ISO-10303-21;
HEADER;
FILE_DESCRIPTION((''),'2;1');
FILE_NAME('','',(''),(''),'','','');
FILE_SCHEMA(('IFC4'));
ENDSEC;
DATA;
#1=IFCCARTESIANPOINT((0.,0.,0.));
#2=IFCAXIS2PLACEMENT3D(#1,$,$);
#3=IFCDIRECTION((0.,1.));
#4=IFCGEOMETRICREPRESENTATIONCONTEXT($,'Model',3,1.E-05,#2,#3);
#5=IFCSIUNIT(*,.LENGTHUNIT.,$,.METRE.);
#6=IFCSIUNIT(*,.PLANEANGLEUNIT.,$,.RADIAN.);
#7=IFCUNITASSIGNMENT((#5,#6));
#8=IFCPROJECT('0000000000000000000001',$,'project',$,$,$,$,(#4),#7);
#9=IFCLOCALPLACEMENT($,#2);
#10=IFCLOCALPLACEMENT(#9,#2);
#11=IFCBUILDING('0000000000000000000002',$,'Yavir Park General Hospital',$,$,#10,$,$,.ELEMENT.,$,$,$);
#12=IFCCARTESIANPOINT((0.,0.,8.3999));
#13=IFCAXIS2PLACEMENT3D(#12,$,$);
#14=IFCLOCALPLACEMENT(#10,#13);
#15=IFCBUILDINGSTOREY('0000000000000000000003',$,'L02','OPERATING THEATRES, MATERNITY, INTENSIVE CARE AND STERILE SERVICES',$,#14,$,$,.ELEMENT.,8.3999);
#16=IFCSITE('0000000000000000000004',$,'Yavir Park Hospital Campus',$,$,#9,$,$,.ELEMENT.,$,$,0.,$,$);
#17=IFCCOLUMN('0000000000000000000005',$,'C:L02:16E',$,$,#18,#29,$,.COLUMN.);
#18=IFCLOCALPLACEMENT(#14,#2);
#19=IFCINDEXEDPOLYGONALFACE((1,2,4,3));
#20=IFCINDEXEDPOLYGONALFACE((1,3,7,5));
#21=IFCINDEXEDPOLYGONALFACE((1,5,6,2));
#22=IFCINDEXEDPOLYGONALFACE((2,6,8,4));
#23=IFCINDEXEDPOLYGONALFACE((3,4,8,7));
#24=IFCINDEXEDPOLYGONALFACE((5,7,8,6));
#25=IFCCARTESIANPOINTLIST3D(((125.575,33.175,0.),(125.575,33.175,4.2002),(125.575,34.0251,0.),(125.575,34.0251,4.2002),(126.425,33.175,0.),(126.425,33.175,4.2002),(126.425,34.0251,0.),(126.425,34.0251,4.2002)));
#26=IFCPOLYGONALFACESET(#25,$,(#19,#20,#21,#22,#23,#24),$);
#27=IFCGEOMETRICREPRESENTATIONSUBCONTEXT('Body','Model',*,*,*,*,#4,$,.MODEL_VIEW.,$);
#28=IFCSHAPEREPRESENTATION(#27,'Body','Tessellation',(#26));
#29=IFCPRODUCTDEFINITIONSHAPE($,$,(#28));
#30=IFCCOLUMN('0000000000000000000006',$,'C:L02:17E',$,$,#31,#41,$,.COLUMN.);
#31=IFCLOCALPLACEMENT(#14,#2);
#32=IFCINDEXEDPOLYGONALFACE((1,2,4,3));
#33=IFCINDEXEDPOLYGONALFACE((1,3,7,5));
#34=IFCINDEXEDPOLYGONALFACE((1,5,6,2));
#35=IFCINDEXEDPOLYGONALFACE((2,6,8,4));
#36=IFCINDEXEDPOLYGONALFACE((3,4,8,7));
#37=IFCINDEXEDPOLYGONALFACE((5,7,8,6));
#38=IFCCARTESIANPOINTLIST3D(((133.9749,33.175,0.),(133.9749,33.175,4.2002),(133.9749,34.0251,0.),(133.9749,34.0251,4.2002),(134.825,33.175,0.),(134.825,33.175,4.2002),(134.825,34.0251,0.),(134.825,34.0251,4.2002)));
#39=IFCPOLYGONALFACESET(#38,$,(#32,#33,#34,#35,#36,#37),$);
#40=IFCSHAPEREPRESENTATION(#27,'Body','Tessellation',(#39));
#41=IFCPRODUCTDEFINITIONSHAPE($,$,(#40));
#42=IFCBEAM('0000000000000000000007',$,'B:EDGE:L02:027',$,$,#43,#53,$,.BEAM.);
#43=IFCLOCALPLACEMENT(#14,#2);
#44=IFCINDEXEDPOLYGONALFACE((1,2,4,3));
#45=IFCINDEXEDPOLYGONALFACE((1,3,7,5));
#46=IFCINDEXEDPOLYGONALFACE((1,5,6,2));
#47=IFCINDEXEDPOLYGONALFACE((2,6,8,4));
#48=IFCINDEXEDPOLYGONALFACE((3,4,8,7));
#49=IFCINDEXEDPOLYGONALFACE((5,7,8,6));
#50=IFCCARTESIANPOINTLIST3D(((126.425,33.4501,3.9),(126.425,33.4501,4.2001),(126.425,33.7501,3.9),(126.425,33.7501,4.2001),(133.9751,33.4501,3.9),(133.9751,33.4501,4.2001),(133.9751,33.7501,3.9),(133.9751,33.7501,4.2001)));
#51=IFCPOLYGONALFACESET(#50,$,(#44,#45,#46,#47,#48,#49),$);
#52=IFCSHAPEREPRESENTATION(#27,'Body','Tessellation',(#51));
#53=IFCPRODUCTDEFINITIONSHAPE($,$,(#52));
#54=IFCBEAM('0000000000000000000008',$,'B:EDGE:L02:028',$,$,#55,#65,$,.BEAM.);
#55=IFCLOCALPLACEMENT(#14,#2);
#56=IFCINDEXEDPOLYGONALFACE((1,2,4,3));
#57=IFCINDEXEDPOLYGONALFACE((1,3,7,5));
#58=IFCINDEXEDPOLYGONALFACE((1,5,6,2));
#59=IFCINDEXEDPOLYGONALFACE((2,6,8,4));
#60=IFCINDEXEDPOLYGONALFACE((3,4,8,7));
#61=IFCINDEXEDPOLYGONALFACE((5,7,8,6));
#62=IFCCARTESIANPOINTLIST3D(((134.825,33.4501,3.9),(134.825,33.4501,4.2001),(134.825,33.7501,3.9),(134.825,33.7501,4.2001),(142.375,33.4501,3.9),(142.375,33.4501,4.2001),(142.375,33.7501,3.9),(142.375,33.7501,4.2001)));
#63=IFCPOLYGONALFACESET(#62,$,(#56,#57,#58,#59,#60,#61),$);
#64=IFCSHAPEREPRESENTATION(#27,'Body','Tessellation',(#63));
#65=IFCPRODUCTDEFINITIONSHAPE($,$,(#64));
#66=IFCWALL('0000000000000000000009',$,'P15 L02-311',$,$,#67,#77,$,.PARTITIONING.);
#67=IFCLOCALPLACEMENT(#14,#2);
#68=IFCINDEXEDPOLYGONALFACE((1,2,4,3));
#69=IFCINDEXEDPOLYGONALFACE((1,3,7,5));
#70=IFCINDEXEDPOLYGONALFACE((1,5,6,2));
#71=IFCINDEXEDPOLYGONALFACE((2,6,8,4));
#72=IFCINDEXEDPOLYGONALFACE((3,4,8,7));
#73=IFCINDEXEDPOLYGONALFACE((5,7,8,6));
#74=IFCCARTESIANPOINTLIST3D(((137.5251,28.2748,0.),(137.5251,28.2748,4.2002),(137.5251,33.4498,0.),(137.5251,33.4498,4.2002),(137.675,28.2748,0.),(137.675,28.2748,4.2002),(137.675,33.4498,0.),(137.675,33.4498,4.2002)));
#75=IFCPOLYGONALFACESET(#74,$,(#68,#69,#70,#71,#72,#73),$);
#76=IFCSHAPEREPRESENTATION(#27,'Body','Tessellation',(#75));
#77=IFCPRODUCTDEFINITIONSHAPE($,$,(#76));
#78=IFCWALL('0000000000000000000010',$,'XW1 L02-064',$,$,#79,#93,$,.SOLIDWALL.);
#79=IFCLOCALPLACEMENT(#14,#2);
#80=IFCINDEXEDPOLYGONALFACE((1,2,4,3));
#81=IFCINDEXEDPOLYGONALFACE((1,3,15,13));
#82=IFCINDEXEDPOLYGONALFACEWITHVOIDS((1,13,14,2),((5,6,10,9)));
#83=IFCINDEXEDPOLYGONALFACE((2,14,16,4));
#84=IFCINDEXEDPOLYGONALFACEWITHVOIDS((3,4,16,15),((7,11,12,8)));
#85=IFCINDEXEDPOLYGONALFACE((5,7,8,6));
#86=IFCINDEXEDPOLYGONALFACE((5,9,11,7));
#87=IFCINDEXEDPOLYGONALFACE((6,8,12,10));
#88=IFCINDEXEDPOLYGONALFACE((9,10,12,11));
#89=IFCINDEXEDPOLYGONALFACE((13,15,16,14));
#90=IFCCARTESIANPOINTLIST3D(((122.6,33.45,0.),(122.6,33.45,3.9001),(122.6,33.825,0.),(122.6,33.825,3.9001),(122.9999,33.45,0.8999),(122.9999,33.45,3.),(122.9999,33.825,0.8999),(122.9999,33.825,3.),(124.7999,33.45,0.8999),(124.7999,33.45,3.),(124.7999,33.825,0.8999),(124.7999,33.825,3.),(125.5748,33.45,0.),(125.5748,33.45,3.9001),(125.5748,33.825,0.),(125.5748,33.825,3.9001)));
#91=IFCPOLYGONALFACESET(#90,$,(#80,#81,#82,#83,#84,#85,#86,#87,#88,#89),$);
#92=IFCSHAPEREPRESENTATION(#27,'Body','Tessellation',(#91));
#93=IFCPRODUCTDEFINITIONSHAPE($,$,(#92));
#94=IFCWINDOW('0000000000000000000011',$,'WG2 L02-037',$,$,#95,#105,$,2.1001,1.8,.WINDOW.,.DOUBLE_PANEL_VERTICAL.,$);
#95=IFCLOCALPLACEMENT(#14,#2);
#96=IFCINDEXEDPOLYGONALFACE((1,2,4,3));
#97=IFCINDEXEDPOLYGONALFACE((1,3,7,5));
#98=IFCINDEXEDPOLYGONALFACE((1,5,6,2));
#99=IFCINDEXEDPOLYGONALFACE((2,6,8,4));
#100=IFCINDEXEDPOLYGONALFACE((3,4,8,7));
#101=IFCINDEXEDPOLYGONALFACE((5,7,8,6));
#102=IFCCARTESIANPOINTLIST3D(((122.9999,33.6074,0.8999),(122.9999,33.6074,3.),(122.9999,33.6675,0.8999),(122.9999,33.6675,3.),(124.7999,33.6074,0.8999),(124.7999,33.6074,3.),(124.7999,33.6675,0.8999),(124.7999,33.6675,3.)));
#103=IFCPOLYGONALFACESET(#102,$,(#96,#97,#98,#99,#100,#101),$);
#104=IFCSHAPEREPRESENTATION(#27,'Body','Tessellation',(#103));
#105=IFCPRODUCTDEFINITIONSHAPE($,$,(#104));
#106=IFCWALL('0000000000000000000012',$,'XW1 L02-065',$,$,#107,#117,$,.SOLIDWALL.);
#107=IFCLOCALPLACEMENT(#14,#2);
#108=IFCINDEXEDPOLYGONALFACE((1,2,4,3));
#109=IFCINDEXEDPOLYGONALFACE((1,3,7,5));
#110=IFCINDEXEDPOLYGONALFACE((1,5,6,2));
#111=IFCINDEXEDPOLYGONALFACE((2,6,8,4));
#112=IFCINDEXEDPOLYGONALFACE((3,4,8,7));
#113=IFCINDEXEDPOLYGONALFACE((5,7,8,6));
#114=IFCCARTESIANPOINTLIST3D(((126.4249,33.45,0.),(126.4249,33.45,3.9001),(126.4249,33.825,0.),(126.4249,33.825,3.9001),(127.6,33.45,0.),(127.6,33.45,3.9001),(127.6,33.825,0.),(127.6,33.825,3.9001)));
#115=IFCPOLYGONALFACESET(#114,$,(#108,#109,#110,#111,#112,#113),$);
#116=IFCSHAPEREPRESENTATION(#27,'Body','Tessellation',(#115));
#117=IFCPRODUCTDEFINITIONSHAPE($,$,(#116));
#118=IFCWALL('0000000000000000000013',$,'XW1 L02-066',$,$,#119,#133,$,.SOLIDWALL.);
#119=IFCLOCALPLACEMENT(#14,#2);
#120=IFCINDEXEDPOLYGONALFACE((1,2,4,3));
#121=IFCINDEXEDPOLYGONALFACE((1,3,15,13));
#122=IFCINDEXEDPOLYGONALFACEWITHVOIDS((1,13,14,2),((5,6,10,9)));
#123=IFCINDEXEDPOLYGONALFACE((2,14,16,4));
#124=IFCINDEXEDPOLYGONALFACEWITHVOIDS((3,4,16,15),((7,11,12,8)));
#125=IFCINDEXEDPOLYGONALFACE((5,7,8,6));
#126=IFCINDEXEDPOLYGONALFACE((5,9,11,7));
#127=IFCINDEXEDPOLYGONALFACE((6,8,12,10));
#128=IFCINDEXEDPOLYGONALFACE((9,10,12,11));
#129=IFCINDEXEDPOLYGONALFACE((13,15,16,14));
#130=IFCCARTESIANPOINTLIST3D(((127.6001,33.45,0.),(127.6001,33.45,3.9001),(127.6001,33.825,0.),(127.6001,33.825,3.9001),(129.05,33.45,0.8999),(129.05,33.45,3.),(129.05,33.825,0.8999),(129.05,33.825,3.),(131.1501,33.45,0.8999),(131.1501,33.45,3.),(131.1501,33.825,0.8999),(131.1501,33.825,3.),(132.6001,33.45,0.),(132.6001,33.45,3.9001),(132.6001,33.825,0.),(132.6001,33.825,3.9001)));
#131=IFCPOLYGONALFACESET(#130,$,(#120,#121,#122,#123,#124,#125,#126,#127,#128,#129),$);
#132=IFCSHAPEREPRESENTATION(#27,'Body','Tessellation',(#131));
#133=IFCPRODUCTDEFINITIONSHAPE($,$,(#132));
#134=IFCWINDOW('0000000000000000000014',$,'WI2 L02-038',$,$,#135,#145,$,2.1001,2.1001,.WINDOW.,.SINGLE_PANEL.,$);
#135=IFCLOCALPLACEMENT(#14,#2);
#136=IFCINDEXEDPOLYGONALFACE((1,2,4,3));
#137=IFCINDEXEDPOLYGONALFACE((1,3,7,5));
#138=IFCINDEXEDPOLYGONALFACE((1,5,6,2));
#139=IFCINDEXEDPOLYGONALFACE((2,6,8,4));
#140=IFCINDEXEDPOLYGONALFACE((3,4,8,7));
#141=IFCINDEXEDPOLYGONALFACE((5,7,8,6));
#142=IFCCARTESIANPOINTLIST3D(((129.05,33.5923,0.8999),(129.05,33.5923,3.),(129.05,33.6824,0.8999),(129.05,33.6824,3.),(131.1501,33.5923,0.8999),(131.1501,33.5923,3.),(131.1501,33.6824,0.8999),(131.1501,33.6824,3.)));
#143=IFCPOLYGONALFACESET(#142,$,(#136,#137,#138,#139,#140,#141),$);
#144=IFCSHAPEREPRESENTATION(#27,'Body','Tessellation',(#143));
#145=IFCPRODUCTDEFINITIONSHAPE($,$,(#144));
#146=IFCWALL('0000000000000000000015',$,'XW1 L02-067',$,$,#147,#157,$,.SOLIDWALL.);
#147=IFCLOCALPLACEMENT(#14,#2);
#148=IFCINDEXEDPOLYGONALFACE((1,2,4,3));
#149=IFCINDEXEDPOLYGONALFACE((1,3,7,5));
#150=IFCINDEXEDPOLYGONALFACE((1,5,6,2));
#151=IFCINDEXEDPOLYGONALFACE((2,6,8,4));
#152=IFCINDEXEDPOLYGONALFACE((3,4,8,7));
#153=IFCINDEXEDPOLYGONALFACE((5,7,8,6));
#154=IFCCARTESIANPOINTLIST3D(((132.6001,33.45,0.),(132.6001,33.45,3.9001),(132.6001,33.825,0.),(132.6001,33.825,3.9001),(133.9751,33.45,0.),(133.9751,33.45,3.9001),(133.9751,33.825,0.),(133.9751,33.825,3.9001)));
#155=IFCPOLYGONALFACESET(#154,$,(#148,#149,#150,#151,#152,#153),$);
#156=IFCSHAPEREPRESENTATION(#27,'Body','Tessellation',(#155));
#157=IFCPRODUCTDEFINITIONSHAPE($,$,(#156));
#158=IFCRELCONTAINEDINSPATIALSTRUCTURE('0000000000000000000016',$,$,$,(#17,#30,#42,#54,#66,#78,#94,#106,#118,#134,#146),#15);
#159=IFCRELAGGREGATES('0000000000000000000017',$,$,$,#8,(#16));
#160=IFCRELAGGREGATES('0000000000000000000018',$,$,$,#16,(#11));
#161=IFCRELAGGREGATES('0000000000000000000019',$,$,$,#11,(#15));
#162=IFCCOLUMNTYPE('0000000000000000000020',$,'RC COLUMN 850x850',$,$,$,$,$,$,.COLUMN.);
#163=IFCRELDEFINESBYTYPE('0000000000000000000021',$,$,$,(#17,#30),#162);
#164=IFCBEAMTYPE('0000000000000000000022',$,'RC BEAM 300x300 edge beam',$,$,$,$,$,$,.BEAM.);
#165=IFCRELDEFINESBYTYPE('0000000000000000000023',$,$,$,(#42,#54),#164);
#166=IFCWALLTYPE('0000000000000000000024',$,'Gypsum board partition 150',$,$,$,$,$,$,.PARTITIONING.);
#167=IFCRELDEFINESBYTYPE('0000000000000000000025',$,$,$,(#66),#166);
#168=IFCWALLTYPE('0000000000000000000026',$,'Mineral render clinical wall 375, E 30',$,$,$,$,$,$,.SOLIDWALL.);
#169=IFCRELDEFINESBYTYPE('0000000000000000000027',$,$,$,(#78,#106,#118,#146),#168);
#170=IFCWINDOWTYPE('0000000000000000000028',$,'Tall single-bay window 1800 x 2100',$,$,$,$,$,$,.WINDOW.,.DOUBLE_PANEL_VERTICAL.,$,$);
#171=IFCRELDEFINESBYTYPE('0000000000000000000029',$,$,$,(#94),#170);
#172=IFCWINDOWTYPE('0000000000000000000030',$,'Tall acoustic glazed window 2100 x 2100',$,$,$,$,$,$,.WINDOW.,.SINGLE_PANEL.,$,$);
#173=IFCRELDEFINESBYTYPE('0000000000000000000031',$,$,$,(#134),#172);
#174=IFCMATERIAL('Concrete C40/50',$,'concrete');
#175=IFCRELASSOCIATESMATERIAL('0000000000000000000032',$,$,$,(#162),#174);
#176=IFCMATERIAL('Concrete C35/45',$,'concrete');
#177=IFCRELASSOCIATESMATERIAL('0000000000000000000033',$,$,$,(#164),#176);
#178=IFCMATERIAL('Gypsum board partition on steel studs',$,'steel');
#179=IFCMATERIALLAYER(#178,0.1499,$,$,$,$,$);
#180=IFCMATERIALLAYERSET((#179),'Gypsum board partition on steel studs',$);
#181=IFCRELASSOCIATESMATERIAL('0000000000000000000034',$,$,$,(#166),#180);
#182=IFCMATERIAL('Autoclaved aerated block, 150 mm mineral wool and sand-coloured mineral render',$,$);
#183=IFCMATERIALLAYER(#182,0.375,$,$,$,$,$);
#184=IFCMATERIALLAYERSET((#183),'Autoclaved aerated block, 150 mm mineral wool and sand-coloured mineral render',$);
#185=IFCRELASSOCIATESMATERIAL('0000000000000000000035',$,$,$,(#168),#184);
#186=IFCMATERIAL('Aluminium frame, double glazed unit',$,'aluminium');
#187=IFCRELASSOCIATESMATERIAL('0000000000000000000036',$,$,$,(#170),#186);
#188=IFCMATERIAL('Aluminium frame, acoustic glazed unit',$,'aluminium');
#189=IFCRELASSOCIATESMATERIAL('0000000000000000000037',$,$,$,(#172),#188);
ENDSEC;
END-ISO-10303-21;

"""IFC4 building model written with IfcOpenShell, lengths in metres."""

from ifc_helpers import new_model, si_unit, direction, frame, frame_2d, origin, origin_2d, place, context, subcontext, project, spatial, rectangle, extrude, material, layer, layer_set, material_profile, profile_set, type_object, element, fill, save


model = new_model("IFC4")

# Units and contexts
model_context = context("Model", 3, precision=1e-05, world=origin(), true_north=direction((0.0, 1.0)))
body_context = subcontext(model_context, "Body", "Model", "MODEL_VIEW")
ifc_project = project(units=[si_unit("LENGTHUNIT", "METRE"), si_unit("PLANEANGLEUNIT", "RADIAN")], contexts=[model_context])

# Site, building, storey
site_placement = place(None, origin())
site = spatial("IfcSite", under=ifc_project, at=site_placement, Name="Yavir Park Hospital Campus", CompositionType="ELEMENT", RefElevation=0.0)
building_placement = place(site_placement, origin())
building = spatial("IfcBuilding", under=site, at=building_placement, Name="Yavir Park General Hospital", CompositionType="ELEMENT")
storey_placement = place(building_placement, frame((0.0, 0.0, 8.3999)))
storey = spatial("IfcBuildingStorey", under=building, at=storey_placement, Name="L02", Description="OPERATING THEATRES, MATERNITY, INTENSIVE CARE AND STERILE SERVICES", CompositionType="ELEMENT", Elevation=8.3999)

# Columns
ifc_material_1 = material(Name="Concrete C40/50", Category="concrete")
ifc_material_profile_1 = material_profile(ifc_material_1, rectangle(XDim=0.8501, YDim=0.8501, at=origin_2d()), Name="RC850x850")
ifc_profile_set_1 = profile_set([ifc_material_profile_1], Name="Concrete C40/50")
column_type = type_object("IfcColumnType", Name="RC COLUMN 850x850", PredefinedType="COLUMN", material=ifc_profile_set_1)
for number, where, z_axis, x_axis, name in (
    (1, (126.0, 33.6001, 0.0), (0.0, 0.0, 1.0), (1.0, 0.0, 0.0), "C:L02:16E"),
    (2, (134.3999, 33.6001, 0.0), (0.0, 0.0, 1.0), (1.0, 0.0, 0.0), "C:L02:17E"),
):
    element("IfcColumn", number, at=place(storey_placement, frame(where, z_axis=z_axis, x_axis=x_axis)), inside=storey, type_object=column_type, Name=name, PredefinedType="COLUMN", context=body_context, shape_type="SweptSolid", body=[
        extrude(rectangle(XDim=0.8501, YDim=0.8501, at=origin_2d()), origin(), (0.0, 0.0, 1.0), 4.2002),
    ])

# Beams
ifc_material_2 = material(Name="Concrete C35/45", Category="concrete")
ifc_material_profile_2 = material_profile(ifc_material_2, rectangle(XDim=0.3, YDim=0.3, at=origin_2d()), Name="RC300x300")
ifc_profile_set_2 = profile_set([ifc_material_profile_2], Name="Concrete C35/45")
beam_type = type_object("IfcBeamType", Name="RC BEAM 300x300 edge beam", PredefinedType="BEAM", material=ifc_profile_set_2)
for number, where, z_axis, x_axis, name in (
    (3, (126.425, 33.6001, 4.05), (1.0, 0.0, 0.0), (0.0, 1.0, 0.0), "B:EDGE:L02:027"),
    (4, (134.825, 33.6001, 4.05), (1.0, 0.0, 0.0), (0.0, 1.0, 0.0), "B:EDGE:L02:028"),
):
    element("IfcBeam", number, at=place(storey_placement, frame(where, z_axis=z_axis, x_axis=x_axis)), inside=storey, type_object=beam_type, Name=name, PredefinedType="BEAM", context=body_context, shape_type="SweptSolid", body=[
        extrude(rectangle(XDim=0.3, YDim=0.3, at=origin_2d()), origin(), (0.0, 0.0, 1.0), 7.55),
    ])

# Wall
ifc_material_3 = material(Name="Gypsum board partition on steel studs", Category="steel")
ifc_layer_1 = layer(ifc_material_3, 0.1499)
ifc_layer_set_1 = layer_set([ifc_layer_1], Name="Gypsum board partition on steel studs")
wall_type_1 = type_object("IfcWallType", Name="Gypsum board partition 150", PredefinedType="PARTITIONING", material=ifc_layer_set_1)
wall_1_placement = place(storey_placement, frame((137.6001, 28.2749, 0.0), z_axis=(0.0, 0.0, 1.0), x_axis=(0.0, 1.0, 0.0)))
element("IfcWall", 5, at=wall_1_placement, inside=storey, type_object=wall_type_1, Name="P15 L02-311", PredefinedType="PARTITIONING", context=body_context, shape_type="SweptSolid", body=[
    extrude(rectangle(XDim=5.175, YDim=0.1499, at=frame_2d((2.5874, 0.0))), origin(), (0.0, 0.0, 1.0), 4.2002),
])

# Wall, opening, window
ifc_material_4 = material(Name="Autoclaved aerated block, 150 mm mineral wool and sand-coloured mineral render")
ifc_layer_2 = layer(ifc_material_4, 0.375)
ifc_layer_set_2 = layer_set([ifc_layer_2], Name="Autoclaved aerated block, 150 mm mineral wool and sand-coloured mineral render")
wall_type_2 = type_object("IfcWallType", Name="Mineral render clinical wall 375, E 30", PredefinedType="SOLIDWALL", material=ifc_layer_set_2)
wall_2_placement = place(storey_placement, frame((122.6001, 33.6375, 0.0), z_axis=(0.0, 0.0, 1.0), x_axis=(1.0, 0.0, 0.0)))
wall_2 = element("IfcWall", 6, at=wall_2_placement, inside=storey, type_object=wall_type_2, Name="XW1 L02-064", PredefinedType="SOLIDWALL", context=body_context, shape_type="SweptSolid", body=[
    extrude(rectangle(XDim=2.9749, YDim=0.375, at=frame_2d((1.4873, 0.0))), origin(), (0.0, 0.0, 1.0), 3.9001),
])
opening_1_placement = place(wall_2_placement, frame((0.3999, 0.0, 0.8999)))
opening_1 = element("IfcOpeningElement", 7, at=opening_1_placement, cuts=wall_2, PredefinedType="OPENING", context=body_context, shape_type="SweptSolid", body=[
    extrude(rectangle(XDim=1.8, YDim=2.1001, at=frame_2d((0.8999, 1.05))), frame((0.0, 0.1975, 0.0), z_axis=(0.0, -1.0, 0.0), x_axis=(1.0, 0.0, 0.0)), (0.0, 0.0, 1.0), 0.395),
])
ifc_material_5 = material(Name="Aluminium frame, double glazed unit", Category="aluminium")
window_type_1 = type_object("IfcWindowType", Name="Tall single-bay window 1800 x 2100", PartitioningType="DOUBLE_PANEL_VERTICAL", PredefinedType="WINDOW", material=ifc_material_5)
window_1_placement = place(opening_1_placement, origin())
window_1 = element("IfcWindow", 8, at=window_1_placement, inside=storey, type_object=window_type_1, Name="WG2 L02-037", OverallHeight=2.1001, OverallWidth=1.8, PartitioningType="DOUBLE_PANEL_VERTICAL", PredefinedType="WINDOW", context=body_context, shape_type="SweptSolid", body=[
    extrude(rectangle(XDim=1.8, YDim=2.1001, at=frame_2d((0.8999, 1.05))), frame((0.0, 0.03, 0.0), z_axis=(0.0, -1.0, 0.0), x_axis=(1.0, 0.0, 0.0)), (0.0, 0.0, 1.0), 0.0601),
])
fill(opening_1, window_1)

# Wall
wall_3_placement = place(storey_placement, frame((126.425, 33.6375, 0.0), z_axis=(0.0, 0.0, 1.0), x_axis=(1.0, 0.0, 0.0)))
element("IfcWall", 9, at=wall_3_placement, inside=storey, type_object=wall_type_2, Name="XW1 L02-065", PredefinedType="SOLIDWALL", context=body_context, shape_type="SweptSolid", body=[
    extrude(rectangle(XDim=1.175, YDim=0.375, at=frame_2d((0.5874, 0.0))), origin(), (0.0, 0.0, 1.0), 3.9001),
])

# Wall, opening, window
wall_4_placement = place(storey_placement, frame((127.6001, 33.6375, 0.0), z_axis=(0.0, 0.0, 1.0), x_axis=(1.0, 0.0, 0.0)))
wall_4 = element("IfcWall", 10, at=wall_4_placement, inside=storey, type_object=wall_type_2, Name="XW1 L02-066", PredefinedType="SOLIDWALL", context=body_context, shape_type="SweptSolid", body=[
    extrude(rectangle(XDim=5.0, YDim=0.375, at=frame_2d((2.5, 0.0))), origin(), (0.0, 0.0, 1.0), 3.9001),
])
opening_2_placement = place(wall_4_placement, frame((1.45, 0.0, 0.8999)))
opening_2 = element("IfcOpeningElement", 11, at=opening_2_placement, cuts=wall_4, PredefinedType="OPENING", context=body_context, shape_type="SweptSolid", body=[
    extrude(rectangle(XDim=2.1001, YDim=2.1001, at=frame_2d((1.05, 1.05))), frame((0.0, 0.1975, 0.0), z_axis=(0.0, -1.0, 0.0), x_axis=(1.0, 0.0, 0.0)), (0.0, 0.0, 1.0), 0.395),
])
ifc_material_6 = material(Name="Aluminium frame, acoustic glazed unit", Category="aluminium")
window_type_2 = type_object("IfcWindowType", Name="Tall acoustic glazed window 2100 x 2100", PartitioningType="SINGLE_PANEL", PredefinedType="WINDOW", material=ifc_material_6)
window_2_placement = place(opening_2_placement, origin())
window_2 = element("IfcWindow", 12, at=window_2_placement, inside=storey, type_object=window_type_2, Name="WI2 L02-038", OverallHeight=2.1001, OverallWidth=2.1001, PartitioningType="SINGLE_PANEL", PredefinedType="WINDOW", context=body_context, shape_type="SweptSolid", body=[
    extrude(rectangle(XDim=2.1001, YDim=2.1001, at=frame_2d((1.05, 1.05))), frame((0.0, 0.0449, 0.0), z_axis=(0.0, -1.0, 0.0), x_axis=(1.0, 0.0, 0.0)), (0.0, 0.0, 1.0), 0.0901),
])
fill(opening_2, window_2)

# Wall
wall_5_placement = place(storey_placement, frame((132.6001, 33.6375, 0.0), z_axis=(0.0, 0.0, 1.0), x_axis=(1.0, 0.0, 0.0)))
element("IfcWall", 13, at=wall_5_placement, inside=storey, type_object=wall_type_2, Name="XW1 L02-067", PredefinedType="SOLIDWALL", context=body_context, shape_type="SweptSolid", body=[
    extrude(rectangle(XDim=1.375, YDim=0.375, at=frame_2d((0.6875, 0.0))), origin(), (0.0, 0.0, 1.0), 3.9001),
])

save(model, "model.ifc")
